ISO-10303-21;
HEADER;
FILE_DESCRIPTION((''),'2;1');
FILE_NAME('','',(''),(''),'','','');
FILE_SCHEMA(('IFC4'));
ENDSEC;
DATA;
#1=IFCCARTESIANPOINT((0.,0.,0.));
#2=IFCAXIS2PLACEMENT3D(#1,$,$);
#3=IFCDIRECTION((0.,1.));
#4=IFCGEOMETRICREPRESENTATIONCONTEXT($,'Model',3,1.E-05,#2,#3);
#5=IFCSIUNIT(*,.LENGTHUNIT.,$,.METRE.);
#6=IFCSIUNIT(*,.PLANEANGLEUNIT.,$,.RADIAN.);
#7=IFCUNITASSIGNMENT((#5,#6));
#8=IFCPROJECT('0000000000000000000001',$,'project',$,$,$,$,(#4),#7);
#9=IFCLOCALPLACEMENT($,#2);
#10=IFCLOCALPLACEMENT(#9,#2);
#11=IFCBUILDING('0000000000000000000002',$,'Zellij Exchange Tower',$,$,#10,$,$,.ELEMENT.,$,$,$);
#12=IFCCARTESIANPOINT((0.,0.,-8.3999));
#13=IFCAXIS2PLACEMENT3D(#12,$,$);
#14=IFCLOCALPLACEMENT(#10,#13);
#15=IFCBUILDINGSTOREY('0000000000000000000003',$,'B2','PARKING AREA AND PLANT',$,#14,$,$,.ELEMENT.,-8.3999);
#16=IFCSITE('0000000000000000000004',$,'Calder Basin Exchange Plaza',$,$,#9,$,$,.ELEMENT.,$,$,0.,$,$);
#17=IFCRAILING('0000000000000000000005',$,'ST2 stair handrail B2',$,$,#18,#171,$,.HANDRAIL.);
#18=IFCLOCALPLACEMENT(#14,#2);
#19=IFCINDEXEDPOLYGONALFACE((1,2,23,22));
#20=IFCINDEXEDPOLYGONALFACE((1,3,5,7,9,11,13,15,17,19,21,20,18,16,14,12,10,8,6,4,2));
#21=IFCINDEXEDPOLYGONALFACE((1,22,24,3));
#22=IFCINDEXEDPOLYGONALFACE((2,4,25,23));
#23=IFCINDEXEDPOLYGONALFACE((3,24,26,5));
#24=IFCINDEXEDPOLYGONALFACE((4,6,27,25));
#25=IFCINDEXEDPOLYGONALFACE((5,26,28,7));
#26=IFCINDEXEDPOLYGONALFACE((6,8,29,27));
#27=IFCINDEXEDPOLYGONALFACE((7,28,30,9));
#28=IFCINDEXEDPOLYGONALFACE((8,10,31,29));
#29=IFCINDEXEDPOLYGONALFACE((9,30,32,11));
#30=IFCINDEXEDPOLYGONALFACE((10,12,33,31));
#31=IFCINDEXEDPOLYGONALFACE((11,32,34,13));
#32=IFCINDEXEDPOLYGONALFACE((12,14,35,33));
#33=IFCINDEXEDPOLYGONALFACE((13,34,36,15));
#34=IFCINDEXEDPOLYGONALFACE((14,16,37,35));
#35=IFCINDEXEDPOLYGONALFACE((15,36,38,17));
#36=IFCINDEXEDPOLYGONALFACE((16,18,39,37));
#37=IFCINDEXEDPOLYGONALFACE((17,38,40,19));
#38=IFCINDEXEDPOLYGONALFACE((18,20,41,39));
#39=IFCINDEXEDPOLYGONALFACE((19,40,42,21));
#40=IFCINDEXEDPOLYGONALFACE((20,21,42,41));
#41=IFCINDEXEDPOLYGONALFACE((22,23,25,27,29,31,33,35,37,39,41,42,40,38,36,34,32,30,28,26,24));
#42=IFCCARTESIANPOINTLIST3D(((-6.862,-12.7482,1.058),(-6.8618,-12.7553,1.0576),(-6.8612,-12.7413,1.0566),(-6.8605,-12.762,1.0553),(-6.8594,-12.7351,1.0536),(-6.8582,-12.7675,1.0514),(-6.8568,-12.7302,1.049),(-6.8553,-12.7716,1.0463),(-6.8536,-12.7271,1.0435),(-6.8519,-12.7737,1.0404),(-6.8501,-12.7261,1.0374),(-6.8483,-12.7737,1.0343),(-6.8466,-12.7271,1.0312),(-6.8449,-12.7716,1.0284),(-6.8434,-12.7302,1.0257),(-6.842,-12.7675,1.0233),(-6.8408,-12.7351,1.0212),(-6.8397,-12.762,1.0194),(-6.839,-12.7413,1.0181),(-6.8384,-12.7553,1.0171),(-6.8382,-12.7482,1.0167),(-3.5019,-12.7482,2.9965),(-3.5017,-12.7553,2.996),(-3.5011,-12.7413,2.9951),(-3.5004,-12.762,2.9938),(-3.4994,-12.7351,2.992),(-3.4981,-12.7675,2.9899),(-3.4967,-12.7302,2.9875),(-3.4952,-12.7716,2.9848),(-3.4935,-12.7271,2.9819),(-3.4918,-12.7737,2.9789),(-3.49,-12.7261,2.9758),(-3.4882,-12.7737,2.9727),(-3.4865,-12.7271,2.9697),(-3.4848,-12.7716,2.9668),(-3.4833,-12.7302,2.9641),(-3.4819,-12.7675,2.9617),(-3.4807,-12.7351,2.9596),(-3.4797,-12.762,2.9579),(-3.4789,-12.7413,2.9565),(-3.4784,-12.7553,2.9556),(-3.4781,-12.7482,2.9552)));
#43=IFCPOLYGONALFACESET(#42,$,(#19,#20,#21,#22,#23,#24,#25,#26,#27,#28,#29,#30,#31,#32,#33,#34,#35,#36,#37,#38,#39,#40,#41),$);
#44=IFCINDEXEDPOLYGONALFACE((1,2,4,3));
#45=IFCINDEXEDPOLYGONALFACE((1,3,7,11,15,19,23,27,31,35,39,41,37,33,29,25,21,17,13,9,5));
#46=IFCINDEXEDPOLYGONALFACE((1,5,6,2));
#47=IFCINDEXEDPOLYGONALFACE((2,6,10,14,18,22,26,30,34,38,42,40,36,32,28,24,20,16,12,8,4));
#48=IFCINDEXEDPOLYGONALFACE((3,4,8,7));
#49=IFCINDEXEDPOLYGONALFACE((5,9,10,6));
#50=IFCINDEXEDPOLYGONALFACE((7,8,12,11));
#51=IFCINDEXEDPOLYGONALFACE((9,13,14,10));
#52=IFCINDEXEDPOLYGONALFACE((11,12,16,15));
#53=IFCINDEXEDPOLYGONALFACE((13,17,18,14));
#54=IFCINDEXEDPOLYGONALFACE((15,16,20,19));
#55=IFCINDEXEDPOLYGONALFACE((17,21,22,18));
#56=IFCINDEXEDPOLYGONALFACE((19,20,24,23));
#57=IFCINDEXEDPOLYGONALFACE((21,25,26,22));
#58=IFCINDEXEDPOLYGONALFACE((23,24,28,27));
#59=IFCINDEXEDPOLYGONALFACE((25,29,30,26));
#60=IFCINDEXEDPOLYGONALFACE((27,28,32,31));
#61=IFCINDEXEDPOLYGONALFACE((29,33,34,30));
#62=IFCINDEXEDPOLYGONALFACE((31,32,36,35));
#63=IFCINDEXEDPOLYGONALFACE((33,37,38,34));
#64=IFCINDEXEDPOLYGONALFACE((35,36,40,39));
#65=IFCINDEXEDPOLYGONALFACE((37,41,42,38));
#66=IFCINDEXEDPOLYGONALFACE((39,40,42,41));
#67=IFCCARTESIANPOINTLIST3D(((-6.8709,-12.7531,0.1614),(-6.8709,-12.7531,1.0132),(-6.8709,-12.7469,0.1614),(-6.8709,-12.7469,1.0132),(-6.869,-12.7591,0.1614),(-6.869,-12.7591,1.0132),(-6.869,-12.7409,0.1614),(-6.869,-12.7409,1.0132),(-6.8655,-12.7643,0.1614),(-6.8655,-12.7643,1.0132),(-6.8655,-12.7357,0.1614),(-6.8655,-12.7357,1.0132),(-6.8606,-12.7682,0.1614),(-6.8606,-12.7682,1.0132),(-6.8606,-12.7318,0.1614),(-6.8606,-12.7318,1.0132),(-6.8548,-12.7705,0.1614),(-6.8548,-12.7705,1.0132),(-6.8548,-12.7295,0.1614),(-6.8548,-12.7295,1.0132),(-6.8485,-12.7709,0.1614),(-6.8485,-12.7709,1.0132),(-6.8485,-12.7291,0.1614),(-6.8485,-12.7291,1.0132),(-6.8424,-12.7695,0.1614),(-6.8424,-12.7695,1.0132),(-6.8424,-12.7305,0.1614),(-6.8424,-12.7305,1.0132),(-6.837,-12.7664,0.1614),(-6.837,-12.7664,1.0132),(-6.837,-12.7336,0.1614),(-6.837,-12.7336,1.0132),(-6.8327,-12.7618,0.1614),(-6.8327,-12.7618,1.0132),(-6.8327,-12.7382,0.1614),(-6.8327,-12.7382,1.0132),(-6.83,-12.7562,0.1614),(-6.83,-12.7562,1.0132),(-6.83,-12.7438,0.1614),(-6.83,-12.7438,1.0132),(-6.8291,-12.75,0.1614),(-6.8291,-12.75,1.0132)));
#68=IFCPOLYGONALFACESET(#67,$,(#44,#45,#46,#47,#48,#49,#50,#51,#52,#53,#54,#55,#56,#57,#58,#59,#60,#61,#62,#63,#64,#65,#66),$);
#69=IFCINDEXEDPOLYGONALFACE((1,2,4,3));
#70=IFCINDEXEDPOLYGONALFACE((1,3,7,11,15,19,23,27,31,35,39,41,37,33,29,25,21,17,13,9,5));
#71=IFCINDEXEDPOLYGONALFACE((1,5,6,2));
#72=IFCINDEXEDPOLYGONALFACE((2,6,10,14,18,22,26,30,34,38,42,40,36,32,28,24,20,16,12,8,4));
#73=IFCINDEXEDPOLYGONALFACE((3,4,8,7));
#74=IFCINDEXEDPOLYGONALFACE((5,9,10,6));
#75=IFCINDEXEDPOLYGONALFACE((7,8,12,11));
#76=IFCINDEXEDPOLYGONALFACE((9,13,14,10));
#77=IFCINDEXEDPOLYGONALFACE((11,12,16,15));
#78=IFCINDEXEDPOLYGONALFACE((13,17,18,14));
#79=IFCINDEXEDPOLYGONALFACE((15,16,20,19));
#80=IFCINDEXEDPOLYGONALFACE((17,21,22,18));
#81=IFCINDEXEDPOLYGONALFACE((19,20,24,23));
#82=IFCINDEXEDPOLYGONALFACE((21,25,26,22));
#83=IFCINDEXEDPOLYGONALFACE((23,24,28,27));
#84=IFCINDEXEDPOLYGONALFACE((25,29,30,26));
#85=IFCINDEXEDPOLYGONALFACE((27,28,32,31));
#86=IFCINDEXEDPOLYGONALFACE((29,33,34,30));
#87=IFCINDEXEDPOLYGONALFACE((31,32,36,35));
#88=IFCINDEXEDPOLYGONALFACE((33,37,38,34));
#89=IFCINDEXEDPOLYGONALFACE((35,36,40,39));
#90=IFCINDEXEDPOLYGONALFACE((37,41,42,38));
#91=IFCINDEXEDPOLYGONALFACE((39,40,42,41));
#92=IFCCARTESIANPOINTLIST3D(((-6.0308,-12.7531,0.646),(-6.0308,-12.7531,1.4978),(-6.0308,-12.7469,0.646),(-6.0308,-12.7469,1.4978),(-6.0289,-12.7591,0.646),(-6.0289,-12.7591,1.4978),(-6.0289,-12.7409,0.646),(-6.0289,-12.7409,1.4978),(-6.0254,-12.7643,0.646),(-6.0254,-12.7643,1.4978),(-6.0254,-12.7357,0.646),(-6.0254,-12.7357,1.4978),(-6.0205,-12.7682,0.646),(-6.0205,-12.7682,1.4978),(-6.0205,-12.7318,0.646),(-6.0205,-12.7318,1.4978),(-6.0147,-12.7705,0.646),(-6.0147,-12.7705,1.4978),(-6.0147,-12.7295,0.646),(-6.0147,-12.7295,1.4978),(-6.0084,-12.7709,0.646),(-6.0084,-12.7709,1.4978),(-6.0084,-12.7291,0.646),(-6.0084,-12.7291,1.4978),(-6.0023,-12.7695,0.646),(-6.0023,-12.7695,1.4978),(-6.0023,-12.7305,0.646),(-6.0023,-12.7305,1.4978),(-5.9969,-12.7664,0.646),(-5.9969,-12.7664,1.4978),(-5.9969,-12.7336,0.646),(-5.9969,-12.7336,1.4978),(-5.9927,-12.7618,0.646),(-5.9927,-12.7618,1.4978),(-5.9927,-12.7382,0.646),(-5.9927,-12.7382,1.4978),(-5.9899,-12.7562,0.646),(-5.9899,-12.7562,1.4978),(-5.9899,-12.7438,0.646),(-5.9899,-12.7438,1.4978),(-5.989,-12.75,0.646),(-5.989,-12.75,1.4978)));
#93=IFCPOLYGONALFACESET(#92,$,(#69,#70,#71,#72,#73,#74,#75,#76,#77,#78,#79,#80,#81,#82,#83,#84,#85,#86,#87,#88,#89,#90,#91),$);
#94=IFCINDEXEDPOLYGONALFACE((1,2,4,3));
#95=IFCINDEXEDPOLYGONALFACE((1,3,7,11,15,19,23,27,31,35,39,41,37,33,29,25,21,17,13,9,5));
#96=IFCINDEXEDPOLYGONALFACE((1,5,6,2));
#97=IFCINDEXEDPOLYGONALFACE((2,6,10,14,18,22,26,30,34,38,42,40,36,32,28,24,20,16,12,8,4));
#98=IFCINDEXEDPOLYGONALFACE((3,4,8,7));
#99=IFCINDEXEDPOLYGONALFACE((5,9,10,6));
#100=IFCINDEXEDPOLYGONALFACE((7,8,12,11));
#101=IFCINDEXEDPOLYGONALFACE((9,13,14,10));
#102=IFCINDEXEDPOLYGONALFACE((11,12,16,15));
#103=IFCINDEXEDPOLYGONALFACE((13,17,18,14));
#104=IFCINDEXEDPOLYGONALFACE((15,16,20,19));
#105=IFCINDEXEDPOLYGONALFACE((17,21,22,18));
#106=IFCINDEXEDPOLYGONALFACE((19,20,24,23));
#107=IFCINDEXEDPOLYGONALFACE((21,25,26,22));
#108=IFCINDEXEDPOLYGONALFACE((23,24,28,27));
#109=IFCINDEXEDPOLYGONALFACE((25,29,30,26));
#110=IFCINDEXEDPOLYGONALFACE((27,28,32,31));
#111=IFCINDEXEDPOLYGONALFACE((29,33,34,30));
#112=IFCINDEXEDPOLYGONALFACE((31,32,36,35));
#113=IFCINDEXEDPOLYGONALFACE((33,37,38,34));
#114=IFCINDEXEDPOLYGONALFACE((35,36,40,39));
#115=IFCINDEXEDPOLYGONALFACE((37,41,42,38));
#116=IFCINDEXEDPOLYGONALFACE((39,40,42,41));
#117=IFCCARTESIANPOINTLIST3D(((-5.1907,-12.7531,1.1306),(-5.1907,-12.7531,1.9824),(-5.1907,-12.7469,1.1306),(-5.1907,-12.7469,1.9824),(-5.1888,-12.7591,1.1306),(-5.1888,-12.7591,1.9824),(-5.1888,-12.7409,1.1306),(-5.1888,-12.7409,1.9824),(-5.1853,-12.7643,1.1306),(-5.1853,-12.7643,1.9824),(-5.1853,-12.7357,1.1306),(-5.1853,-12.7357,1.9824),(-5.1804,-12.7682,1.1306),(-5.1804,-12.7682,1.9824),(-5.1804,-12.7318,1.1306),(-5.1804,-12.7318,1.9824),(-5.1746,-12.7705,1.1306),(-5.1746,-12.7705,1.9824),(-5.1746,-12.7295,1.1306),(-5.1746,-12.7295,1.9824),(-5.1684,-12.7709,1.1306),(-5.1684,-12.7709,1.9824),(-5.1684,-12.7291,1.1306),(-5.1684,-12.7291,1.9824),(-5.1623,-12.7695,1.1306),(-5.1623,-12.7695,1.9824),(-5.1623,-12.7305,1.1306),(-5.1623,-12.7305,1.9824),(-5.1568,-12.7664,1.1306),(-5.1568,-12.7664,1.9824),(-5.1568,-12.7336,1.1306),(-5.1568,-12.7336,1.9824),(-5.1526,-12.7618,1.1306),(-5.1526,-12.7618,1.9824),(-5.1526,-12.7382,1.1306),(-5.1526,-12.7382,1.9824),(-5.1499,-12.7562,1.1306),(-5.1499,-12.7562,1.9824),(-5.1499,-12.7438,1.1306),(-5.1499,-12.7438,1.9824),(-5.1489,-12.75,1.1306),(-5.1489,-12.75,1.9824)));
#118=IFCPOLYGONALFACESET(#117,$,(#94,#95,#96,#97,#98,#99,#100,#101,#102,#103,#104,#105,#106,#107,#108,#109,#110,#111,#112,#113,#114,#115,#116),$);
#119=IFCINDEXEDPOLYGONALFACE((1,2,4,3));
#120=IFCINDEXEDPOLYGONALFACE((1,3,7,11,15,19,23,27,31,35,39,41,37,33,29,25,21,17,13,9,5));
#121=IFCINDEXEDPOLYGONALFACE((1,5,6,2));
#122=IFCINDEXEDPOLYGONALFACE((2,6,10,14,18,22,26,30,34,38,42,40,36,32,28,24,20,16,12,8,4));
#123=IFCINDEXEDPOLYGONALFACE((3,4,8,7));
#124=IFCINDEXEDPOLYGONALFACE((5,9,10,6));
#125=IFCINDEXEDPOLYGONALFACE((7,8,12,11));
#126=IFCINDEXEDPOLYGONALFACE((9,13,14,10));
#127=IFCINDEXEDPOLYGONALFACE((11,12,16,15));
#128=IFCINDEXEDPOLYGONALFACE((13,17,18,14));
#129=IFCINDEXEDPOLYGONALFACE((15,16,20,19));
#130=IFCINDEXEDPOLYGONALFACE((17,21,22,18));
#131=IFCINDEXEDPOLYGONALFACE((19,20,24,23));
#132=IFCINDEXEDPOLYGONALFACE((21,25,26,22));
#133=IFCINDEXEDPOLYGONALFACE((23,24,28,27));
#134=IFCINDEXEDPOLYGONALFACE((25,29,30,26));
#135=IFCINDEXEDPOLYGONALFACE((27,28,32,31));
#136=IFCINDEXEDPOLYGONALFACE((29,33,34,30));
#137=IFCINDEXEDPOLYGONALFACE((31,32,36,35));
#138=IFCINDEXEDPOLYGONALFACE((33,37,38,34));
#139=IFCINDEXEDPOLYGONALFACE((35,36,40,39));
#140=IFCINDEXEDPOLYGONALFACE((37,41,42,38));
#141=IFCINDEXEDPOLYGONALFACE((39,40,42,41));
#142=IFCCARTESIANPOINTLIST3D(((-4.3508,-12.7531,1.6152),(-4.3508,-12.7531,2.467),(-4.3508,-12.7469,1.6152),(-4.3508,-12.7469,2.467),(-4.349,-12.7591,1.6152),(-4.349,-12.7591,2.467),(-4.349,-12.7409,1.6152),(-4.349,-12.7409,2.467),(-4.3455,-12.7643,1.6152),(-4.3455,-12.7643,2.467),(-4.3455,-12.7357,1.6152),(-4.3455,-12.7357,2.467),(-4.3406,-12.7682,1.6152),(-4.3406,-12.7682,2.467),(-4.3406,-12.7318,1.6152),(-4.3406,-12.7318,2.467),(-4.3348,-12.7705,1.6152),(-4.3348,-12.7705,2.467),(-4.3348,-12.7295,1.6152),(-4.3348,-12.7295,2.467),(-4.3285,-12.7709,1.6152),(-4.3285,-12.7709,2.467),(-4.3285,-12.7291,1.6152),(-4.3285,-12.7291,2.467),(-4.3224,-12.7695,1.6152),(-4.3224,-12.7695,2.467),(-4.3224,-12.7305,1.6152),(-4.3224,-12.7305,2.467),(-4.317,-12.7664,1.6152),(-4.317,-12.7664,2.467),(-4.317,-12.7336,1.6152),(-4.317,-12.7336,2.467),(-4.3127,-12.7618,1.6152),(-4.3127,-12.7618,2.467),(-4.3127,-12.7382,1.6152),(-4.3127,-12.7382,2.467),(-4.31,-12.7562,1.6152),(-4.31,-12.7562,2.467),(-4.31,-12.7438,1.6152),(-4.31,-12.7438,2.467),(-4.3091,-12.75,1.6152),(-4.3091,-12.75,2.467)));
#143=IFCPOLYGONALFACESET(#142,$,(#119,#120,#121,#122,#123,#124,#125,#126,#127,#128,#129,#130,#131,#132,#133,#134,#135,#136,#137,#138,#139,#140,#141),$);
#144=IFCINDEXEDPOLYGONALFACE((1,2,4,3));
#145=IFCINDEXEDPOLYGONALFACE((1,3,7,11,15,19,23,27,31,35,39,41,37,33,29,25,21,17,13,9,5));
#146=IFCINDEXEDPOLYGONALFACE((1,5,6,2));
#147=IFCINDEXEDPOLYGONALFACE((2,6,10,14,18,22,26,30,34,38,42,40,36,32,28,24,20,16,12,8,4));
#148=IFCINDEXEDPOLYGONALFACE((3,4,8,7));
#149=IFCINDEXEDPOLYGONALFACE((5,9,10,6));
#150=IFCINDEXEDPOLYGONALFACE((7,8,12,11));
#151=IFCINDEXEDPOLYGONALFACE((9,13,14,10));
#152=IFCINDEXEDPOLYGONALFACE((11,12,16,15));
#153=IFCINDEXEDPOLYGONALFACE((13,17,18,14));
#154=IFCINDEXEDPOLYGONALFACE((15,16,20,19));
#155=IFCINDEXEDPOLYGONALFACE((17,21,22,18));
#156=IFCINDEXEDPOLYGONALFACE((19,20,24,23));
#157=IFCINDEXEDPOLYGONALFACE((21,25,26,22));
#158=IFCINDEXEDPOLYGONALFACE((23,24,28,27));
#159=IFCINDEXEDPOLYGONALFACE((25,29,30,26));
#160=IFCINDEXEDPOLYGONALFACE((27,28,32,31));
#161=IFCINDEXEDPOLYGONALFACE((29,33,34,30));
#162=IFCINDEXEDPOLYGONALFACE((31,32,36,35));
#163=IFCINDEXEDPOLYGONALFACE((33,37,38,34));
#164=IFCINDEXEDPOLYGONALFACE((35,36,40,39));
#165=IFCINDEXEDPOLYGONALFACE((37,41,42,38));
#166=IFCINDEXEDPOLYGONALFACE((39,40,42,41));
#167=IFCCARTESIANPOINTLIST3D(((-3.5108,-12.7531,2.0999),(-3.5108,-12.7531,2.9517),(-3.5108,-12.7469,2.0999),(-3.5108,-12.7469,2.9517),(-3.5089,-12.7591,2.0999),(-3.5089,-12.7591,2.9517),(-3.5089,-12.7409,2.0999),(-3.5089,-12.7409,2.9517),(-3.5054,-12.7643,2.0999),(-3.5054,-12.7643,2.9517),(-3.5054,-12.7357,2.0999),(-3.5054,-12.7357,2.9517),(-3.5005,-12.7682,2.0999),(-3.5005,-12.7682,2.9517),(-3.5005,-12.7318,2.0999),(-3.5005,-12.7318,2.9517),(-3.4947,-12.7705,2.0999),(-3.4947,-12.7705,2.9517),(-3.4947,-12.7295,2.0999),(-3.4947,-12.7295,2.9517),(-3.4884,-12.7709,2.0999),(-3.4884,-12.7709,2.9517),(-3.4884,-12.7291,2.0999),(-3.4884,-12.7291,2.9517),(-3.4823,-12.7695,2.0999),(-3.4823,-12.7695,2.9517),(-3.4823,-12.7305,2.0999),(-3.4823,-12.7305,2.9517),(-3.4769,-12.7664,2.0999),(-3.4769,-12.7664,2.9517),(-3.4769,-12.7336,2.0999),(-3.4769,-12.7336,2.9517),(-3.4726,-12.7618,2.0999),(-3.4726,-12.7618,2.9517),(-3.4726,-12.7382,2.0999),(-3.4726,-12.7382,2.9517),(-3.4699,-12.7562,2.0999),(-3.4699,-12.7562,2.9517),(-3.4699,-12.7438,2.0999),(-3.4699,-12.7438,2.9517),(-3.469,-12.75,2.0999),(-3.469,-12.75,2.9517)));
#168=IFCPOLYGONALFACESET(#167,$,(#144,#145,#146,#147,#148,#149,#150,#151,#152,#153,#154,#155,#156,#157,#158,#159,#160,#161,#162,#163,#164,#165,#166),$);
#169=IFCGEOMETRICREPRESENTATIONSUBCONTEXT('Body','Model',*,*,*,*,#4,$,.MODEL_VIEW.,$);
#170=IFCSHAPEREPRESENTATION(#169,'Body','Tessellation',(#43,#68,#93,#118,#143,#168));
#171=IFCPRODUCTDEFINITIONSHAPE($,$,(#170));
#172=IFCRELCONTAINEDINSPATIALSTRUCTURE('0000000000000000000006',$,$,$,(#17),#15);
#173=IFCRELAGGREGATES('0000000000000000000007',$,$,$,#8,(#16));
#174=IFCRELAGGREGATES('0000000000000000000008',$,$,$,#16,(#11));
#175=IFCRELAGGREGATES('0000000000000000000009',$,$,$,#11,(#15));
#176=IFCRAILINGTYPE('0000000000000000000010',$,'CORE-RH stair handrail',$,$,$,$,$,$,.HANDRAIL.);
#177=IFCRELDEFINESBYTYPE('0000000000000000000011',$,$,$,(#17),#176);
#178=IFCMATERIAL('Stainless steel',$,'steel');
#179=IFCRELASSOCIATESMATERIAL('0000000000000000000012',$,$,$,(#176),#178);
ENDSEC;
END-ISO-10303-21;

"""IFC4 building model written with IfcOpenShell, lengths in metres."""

from ifc_helpers import new_model, si_unit, direction, frame, origin, origin_2d, place, context, subcontext, project, spatial, circle, extrude, material, type_object, element, save


model = new_model("IFC4")

# Units and contexts
model_context = context("Model", 3, precision=1e-05, world=origin(), true_north=direction((0.0, 1.0)))
body_context = subcontext(model_context, "Body", "Model", "MODEL_VIEW")
ifc_project = project(units=[si_unit("LENGTHUNIT", "METRE"), si_unit("PLANEANGLEUNIT", "RADIAN")], contexts=[model_context])

# Site, building, storey
site_placement = place(None, origin())
site = spatial("IfcSite", under=ifc_project, at=site_placement, Name="Calder Basin Exchange Plaza", CompositionType="ELEMENT", RefElevation=0.0)
building_placement = place(site_placement, origin())
building = spatial("IfcBuilding", under=site, at=building_placement, Name="Zellij Exchange Tower", CompositionType="ELEMENT")
storey_placement = place(building_placement, frame((0.0, 0.0, -8.3999)))
storey = spatial("IfcBuildingStorey", under=building, at=storey_placement, Name="B2", Description="PARKING AREA AND PLANT", CompositionType="ELEMENT", Elevation=-8.3999)

# Railing
ifc_material_1 = material(Name="Stainless steel", Category="steel")
railing_type_1 = type_object("IfcRailingType", Name="CORE-RH stair handrail", PredefinedType="HANDRAIL", material=ifc_material_1)
railing_1_placement = place(storey_placement, frame((-6.8501, -12.75, 0.1614)))
element("IfcRailing", 1, at=railing_1_placement, inside=storey, type_object=railing_type_1, Name="ST2 stair handrail B2", PredefinedType="HANDRAIL", context=body_context, shape_type="SweptSolid", body=[
    extrude(circle(Radius=0.0239, at=origin_2d()), frame((0.0, 0.0, 0.876), z_axis=(0.866191, 0.0, 0.499713), x_axis=(0.0, 1.0, 0.0)), (0.0, 0.0, 1.0), 3.8792),
    extrude(circle(Radius=0.021, at=origin_2d()), origin(), (0.0, 0.0, 1.0), 0.8518),
    extrude(circle(Radius=0.021, at=origin_2d()), frame((0.8401, 0.0, 0.4846)), (0.0, 0.0, 1.0), 0.8518),
    extrude(circle(Radius=0.021, at=origin_2d()), frame((1.6802, 0.0, 0.9692)), (0.0, 0.0, 1.0), 0.8518),
    extrude(circle(Radius=0.021, at=origin_2d()), frame((2.52, 0.0, 1.4539)), (0.0, 0.0, 1.0), 0.8518),
    extrude(circle(Radius=0.021, at=origin_2d()), frame((3.3601, 0.0, 1.9385)), (0.0, 0.0, 1.0), 0.8518),
])

save(model, "model.ifc")
